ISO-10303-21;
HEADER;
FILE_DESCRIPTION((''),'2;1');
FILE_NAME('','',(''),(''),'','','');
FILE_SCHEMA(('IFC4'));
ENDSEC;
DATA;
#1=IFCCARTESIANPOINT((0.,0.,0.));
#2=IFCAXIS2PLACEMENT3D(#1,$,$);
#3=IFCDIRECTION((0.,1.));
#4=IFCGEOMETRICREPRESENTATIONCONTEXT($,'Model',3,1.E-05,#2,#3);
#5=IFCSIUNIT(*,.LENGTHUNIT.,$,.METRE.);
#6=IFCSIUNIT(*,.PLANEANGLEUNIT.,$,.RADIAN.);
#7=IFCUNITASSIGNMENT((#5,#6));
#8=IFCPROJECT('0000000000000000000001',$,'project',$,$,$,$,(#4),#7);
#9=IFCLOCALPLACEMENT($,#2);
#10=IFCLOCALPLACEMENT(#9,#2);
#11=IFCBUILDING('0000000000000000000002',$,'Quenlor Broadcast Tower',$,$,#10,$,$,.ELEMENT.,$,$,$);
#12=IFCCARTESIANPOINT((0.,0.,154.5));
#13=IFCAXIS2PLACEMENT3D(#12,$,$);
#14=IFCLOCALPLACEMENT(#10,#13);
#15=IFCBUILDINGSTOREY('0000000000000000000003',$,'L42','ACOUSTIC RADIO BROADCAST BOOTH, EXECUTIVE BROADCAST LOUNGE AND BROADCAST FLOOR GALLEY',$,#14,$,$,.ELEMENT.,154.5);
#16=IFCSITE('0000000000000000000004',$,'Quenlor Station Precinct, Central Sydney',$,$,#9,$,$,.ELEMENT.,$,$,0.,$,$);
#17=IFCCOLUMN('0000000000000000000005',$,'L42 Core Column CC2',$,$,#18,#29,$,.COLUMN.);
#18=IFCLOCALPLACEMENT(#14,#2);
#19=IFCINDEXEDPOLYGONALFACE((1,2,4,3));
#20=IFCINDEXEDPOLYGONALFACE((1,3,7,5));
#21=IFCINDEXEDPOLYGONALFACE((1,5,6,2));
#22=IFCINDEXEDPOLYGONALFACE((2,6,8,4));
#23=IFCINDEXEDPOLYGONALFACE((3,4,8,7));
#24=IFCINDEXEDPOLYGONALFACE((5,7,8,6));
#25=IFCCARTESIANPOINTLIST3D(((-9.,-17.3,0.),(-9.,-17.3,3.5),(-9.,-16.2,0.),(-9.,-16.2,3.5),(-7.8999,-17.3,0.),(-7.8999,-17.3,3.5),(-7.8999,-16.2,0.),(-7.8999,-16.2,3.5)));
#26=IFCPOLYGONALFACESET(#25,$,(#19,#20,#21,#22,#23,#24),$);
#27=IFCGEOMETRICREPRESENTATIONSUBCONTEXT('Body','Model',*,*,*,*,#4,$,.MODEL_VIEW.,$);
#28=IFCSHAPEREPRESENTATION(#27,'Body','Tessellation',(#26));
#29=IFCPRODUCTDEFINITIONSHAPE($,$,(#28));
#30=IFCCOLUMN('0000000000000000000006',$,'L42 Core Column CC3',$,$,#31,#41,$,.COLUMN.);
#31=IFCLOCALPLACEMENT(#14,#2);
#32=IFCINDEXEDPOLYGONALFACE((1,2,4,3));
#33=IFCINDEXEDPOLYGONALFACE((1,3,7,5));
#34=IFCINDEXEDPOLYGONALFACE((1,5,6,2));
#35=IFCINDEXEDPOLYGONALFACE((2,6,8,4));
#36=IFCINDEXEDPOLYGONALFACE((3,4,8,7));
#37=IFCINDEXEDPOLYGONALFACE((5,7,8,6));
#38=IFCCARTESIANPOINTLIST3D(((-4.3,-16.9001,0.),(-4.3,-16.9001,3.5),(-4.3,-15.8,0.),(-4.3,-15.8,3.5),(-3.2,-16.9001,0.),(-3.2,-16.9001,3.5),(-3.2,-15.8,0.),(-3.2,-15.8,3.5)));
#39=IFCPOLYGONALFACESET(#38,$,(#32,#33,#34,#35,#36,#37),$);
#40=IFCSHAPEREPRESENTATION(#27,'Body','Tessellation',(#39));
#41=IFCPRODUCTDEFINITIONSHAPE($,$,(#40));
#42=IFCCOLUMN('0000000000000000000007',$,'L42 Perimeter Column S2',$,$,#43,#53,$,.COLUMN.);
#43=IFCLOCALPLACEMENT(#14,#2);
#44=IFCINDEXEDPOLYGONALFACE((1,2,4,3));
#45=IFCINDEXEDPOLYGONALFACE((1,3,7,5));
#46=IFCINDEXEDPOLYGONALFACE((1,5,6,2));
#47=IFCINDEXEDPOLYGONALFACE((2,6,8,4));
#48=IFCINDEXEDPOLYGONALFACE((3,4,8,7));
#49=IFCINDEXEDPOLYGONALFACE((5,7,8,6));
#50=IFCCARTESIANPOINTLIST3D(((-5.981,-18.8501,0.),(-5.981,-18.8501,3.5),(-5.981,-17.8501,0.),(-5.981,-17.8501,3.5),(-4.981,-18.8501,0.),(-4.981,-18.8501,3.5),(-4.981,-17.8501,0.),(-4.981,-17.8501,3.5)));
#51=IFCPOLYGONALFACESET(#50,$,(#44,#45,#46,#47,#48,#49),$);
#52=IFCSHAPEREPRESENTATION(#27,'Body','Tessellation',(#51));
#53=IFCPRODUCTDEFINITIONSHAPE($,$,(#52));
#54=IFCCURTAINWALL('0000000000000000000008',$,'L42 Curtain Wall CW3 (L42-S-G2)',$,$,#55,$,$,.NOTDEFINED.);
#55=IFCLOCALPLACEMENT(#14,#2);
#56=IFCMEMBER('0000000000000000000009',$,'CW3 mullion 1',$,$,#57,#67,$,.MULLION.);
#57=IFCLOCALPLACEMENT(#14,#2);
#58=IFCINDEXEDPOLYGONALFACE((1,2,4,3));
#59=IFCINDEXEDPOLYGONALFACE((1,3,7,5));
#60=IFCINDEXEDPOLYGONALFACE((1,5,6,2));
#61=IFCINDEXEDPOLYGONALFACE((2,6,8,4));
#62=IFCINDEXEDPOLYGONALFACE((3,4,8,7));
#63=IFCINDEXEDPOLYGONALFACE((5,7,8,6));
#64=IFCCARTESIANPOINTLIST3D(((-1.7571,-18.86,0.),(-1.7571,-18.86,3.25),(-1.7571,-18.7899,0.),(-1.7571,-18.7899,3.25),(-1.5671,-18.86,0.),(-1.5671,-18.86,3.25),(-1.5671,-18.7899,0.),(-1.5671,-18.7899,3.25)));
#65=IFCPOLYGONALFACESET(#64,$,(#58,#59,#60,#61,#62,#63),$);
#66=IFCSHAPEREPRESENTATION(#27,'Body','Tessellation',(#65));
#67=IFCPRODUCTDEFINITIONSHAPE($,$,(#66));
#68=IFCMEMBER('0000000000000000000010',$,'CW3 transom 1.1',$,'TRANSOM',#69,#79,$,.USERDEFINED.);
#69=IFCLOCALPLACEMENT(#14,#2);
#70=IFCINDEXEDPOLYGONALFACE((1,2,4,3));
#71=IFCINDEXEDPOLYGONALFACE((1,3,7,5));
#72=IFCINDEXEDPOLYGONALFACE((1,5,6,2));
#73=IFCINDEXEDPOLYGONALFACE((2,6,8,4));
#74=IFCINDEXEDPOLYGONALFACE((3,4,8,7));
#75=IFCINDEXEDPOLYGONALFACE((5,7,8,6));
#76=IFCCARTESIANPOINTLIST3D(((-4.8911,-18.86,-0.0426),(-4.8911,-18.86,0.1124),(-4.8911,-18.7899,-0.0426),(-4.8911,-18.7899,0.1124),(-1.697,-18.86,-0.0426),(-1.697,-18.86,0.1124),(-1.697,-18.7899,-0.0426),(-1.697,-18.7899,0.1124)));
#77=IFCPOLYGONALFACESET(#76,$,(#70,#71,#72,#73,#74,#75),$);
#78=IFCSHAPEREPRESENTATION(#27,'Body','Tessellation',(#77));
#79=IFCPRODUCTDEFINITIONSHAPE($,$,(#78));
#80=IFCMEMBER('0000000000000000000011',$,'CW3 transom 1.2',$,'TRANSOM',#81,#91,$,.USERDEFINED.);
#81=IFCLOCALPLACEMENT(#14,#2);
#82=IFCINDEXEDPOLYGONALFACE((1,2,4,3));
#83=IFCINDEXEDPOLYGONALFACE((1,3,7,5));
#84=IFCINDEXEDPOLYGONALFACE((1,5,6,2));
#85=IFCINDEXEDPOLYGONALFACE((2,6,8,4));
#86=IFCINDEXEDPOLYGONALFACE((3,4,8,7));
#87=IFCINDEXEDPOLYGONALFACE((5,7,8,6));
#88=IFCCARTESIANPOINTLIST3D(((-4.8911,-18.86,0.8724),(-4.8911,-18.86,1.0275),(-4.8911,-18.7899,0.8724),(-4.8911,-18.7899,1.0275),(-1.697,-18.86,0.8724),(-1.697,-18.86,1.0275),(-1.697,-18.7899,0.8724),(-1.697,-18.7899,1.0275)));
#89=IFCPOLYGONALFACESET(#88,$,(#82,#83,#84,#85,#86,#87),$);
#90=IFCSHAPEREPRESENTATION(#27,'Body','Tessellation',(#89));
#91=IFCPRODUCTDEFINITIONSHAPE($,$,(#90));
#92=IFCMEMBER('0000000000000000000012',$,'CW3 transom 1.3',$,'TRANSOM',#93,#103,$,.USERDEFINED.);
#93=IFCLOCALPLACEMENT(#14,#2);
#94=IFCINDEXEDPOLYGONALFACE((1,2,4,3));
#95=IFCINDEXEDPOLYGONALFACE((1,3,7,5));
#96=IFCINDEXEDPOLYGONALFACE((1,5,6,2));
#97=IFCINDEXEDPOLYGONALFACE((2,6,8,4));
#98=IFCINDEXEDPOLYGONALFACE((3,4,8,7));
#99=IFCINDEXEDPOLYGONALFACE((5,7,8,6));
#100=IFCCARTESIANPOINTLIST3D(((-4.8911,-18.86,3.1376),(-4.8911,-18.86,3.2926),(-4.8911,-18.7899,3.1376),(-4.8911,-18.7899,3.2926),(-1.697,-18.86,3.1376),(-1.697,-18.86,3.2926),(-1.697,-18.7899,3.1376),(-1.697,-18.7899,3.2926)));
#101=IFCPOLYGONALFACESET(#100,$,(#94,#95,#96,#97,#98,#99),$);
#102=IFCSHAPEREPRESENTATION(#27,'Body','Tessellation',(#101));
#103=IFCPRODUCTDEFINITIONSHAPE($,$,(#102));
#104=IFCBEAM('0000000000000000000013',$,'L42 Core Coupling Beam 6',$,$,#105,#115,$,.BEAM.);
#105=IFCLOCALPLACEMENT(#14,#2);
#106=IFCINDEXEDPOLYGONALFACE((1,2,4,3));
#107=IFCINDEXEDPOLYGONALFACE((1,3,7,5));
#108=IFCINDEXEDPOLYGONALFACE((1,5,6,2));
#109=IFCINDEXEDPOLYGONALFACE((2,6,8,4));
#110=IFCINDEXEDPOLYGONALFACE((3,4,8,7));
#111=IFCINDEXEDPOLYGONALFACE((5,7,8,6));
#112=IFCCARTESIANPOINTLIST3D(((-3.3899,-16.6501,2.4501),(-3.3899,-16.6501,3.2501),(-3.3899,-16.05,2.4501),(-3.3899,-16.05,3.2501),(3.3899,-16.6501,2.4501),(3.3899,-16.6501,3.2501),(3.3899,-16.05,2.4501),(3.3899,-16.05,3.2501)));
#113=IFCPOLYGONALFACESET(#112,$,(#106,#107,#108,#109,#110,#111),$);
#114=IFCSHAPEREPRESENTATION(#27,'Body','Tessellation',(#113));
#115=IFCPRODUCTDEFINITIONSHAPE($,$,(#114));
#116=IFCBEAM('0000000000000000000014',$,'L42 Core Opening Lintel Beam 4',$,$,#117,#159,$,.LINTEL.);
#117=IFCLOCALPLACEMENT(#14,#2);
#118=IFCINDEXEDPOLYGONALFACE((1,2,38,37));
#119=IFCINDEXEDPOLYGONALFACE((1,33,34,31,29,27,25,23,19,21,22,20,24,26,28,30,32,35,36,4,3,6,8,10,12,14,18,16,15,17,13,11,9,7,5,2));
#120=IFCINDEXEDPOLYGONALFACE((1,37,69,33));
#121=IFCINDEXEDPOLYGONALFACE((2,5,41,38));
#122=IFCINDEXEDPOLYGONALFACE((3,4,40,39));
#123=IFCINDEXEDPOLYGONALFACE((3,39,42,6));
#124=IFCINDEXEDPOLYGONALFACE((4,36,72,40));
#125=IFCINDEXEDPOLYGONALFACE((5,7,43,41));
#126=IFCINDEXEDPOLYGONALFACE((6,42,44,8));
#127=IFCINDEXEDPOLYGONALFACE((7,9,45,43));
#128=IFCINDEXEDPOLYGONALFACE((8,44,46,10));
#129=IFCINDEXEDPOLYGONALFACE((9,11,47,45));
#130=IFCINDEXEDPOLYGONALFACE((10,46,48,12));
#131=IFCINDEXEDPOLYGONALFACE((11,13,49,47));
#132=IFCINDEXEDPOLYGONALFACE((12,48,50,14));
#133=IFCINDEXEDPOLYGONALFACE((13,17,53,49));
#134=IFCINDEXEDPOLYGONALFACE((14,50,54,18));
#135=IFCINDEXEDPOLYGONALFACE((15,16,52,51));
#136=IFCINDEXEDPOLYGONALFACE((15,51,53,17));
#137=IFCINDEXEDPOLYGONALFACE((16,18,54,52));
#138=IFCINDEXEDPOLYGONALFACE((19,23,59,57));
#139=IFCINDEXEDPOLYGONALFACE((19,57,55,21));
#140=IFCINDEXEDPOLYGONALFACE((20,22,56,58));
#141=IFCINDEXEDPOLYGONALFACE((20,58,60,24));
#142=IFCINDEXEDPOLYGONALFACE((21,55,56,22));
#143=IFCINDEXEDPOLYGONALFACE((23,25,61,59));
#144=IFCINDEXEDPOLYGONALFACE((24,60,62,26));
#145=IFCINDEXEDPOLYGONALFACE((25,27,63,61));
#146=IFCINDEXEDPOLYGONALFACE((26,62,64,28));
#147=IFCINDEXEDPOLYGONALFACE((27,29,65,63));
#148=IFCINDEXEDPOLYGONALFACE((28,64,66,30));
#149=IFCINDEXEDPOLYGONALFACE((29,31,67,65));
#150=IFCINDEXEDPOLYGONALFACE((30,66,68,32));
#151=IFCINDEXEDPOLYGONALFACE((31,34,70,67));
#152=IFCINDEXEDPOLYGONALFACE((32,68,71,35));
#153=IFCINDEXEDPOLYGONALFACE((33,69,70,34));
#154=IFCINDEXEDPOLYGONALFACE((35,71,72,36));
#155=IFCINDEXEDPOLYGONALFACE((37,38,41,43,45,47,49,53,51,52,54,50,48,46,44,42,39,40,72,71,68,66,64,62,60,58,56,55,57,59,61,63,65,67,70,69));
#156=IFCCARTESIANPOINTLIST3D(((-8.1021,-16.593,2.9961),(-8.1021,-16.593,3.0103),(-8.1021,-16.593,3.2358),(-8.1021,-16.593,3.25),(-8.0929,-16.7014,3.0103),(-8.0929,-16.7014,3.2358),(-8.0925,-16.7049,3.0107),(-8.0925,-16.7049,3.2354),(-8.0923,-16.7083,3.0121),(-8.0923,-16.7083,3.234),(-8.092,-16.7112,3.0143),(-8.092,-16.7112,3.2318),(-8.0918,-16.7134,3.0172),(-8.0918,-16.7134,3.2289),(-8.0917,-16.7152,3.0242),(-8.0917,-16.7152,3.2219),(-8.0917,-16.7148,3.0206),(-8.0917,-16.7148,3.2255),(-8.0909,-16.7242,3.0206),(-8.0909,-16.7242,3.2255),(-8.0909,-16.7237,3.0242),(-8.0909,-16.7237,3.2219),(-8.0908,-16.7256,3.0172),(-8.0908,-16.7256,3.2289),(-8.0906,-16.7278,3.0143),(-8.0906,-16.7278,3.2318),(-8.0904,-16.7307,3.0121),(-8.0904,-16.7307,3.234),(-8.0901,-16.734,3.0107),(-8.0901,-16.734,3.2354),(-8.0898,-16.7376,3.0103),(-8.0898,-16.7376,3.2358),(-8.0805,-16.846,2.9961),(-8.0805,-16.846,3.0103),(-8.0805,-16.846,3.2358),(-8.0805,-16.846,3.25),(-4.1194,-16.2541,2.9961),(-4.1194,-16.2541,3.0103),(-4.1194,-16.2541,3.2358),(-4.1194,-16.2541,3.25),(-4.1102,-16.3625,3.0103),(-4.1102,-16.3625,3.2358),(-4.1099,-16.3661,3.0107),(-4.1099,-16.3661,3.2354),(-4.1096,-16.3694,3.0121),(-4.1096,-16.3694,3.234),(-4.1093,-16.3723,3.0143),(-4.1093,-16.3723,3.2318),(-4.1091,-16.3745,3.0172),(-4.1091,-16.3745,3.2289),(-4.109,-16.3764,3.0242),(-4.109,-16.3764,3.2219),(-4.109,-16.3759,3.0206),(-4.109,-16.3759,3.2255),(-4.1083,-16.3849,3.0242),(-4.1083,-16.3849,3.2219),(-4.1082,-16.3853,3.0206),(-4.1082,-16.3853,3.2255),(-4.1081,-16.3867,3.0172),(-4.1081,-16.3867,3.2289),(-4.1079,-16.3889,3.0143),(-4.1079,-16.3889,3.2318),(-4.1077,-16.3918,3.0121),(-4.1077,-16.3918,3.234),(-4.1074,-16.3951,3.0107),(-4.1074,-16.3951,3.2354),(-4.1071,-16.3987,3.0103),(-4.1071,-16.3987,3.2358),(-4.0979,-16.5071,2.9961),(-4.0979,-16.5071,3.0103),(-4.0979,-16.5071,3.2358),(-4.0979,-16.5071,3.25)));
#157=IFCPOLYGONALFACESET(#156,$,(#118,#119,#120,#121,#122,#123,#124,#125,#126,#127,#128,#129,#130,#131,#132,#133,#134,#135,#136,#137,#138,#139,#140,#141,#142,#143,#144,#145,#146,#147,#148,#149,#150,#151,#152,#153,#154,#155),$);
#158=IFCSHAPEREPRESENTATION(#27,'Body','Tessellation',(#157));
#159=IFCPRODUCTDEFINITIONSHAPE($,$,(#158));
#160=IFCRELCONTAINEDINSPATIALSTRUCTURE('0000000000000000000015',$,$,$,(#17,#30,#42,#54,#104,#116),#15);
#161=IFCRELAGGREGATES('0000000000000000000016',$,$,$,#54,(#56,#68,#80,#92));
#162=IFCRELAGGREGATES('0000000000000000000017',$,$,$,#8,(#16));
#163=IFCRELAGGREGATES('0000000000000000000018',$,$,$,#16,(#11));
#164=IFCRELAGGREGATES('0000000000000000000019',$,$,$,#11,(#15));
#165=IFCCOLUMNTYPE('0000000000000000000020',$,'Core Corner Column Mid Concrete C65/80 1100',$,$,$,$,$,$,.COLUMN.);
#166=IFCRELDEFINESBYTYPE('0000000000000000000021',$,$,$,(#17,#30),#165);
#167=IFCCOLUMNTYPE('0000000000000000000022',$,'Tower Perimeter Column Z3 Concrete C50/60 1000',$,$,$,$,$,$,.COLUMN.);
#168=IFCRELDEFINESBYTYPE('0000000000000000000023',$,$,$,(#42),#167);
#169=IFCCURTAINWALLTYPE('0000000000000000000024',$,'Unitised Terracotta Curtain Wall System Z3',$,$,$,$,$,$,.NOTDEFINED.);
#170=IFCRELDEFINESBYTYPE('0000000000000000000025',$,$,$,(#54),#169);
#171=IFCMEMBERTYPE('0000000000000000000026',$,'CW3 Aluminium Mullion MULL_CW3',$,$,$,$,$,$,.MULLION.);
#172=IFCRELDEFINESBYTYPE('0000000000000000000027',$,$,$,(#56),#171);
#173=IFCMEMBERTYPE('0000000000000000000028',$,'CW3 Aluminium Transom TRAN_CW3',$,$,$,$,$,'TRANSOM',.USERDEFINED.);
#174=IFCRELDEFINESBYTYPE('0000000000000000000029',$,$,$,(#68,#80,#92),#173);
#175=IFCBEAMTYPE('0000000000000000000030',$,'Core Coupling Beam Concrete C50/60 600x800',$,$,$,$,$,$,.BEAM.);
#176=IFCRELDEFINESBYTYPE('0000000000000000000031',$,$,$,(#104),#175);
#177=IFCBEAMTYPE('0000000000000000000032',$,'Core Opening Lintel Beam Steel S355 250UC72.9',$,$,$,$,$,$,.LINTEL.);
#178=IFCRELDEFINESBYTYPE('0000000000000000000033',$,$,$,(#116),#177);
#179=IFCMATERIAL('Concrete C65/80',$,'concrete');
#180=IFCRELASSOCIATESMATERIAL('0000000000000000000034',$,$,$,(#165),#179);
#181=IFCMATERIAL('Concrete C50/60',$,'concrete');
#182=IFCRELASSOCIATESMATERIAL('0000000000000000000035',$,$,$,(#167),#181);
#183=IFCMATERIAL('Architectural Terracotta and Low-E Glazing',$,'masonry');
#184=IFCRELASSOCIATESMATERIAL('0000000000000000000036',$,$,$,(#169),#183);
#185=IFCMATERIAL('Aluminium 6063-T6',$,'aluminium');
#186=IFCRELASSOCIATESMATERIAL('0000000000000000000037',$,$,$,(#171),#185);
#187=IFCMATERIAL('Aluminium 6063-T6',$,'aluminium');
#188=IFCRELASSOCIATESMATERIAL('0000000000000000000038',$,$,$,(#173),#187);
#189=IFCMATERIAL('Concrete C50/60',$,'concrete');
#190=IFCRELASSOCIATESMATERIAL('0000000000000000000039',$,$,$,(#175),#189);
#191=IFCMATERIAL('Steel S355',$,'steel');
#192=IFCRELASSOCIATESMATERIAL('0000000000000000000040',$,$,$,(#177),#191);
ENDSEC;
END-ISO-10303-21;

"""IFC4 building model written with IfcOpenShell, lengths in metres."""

from ifc_helpers import new_model, si_unit, direction, frame, origin, origin_2d, place, context, subcontext, project, spatial, rectangle, i_section, extrude, material, material_profile, profile_set, type_object, element, aggregate, save


model = new_model("IFC4")

# Units and contexts
model_context = context("Model", 3, precision=1e-05, world=origin(), true_north=direction((0.0, 1.0)))
body_context = subcontext(model_context, "Body", "Model", "MODEL_VIEW")
ifc_project = project(units=[si_unit("LENGTHUNIT", "METRE"), si_unit("PLANEANGLEUNIT", "RADIAN")], contexts=[model_context])

# Site, building, storey
site_placement = place(None, origin())
site = spatial("IfcSite", under=ifc_project, at=site_placement, Name="Quenlor Station Precinct, Central Sydney", CompositionType="ELEMENT", RefElevation=0.0)
building_placement = place(site_placement, origin())
building = spatial("IfcBuilding", under=site, at=building_placement, Name="Quenlor Broadcast Tower", CompositionType="ELEMENT")
storey_placement = place(building_placement, frame((0.0, 0.0, 154.5)))
storey = spatial("IfcBuildingStorey", under=building, at=storey_placement, Name="L42", Description="ACOUSTIC RADIO BROADCAST BOOTH, EXECUTIVE BROADCAST LOUNGE AND BROADCAST FLOOR GALLEY", CompositionType="ELEMENT", Elevation=154.5)

# Columns
ifc_material_1 = material(Name="Concrete C65/80", Category="concrete")
ifc_material_profile_1 = material_profile(ifc_material_1, rectangle(XDim=1.1001, YDim=1.1001, at=origin_2d()))
ifc_profile_set_1 = profile_set([ifc_material_profile_1], Name="Concrete C65/80 RC1100x1100")
column_type_1 = type_object("IfcColumnType", Name="Core Corner Column Mid Concrete C65/80 1100", PredefinedType="COLUMN", material=ifc_profile_set_1)
for number, where, z_axis, x_axis, name in (
    (1, (-8.45, -16.75, 0.0), (0.0, 0.0, 1.0), (1.0, 0.0, 0.0), "L42 Core Column CC2"),
    (2, (-3.75, -16.3501, 0.0), (0.0, 0.0, 1.0), (1.0, 0.0, 0.0), "L42 Core Column CC3"),
):
    element("IfcColumn", number, at=place(storey_placement, frame(where, z_axis=z_axis, x_axis=x_axis)), inside=storey, type_object=column_type_1, Name=name, PredefinedType="COLUMN", context=body_context, shape_type="SweptSolid", body=[
        extrude(rectangle(XDim=1.1001, YDim=1.1001, at=origin_2d()), origin(), (0.0, 0.0, 1.0), 3.5),
    ])
ifc_material_2 = material(Name="Concrete C50/60", Category="concrete")
ifc_material_profile_2 = material_profile(ifc_material_2, rectangle(XDim=1.0, YDim=1.0, at=origin_2d()))
ifc_profile_set_2 = profile_set([ifc_material_profile_2], Name="Concrete C50/60 RC1000x1000")
column_type_2 = type_object("IfcColumnType", Name="Tower Perimeter Column Z3 Concrete C50/60 1000", PredefinedType="COLUMN", material=ifc_profile_set_2)
column_placement = place(storey_placement, frame((-5.481, -18.3501, 0.0), z_axis=(0.0, 0.0, 1.0), x_axis=(0.0, 1.0, 0.0)))
element("IfcColumn", 3, at=column_placement, inside=storey, type_object=column_type_2, Name="L42 Perimeter Column S2", PredefinedType="COLUMN", context=body_context, shape_type="SweptSolid", body=[
    extrude(rectangle(XDim=1.0, YDim=1.0, at=origin_2d()), origin(), (0.0, 0.0, 1.0), 3.5),
])

# Curtain wall, members
ifc_material_3 = material(Name="Architectural Terracotta and Low-E Glazing", Category="masonry")
curtain_wall_type = type_object("IfcCurtainWallType", Name="Unitised Terracotta Curtain Wall System Z3", PredefinedType="NOTDEFINED", material=ifc_material_3)
curtain_wall_placement = place(storey_placement, origin())
curtain_wall = element("IfcCurtainWall", 4, at=curtain_wall_placement, inside=storey, type_object=curtain_wall_type, Name="L42 Curtain Wall CW3 (L42-S-G2)", PredefinedType="NOTDEFINED")
ifc_material_4 = material(Name="Aluminium 6063-T6", Category="aluminium")
ifc_material_profile_3 = material_profile(ifc_material_4, rectangle(XDim=0.0701, YDim=0.1899, at=origin_2d()))
ifc_profile_set_3 = profile_set([ifc_material_profile_3], Name="Aluminium 6063-T6 MULL70x190")
member_type_1 = type_object("IfcMemberType", Name="CW3 Aluminium Mullion MULL_CW3", PredefinedType="MULLION", material=ifc_profile_set_3)
member_1_placement = place(storey_placement, frame((-1.6621, -18.825, 0.0), z_axis=(0.0, 0.0, 1.0), x_axis=(0.0, -1.0, 0.0)))
member_1 = element("IfcMember", 5, at=member_1_placement, type_object=member_type_1, Name="CW3 mullion 1", PredefinedType="MULLION", context=body_context, shape_type="SweptSolid", body=[
    extrude(rectangle(XDim=0.0701, YDim=0.1899, at=origin_2d()), origin(), (0.0, 0.0, 1.0), 3.25),
])
ifc_material_5 = material(Name="Aluminium 6063-T6", Category="aluminium")
ifc_material_profile_4 = material_profile(ifc_material_5, rectangle(XDim=0.0701, YDim=0.155, at=origin_2d()))
ifc_profile_set_4 = profile_set([ifc_material_profile_4], Name="Aluminium 6063-T6 TRAN70x155")
member_type_2 = type_object("IfcMemberType", Name="CW3 Aluminium Transom TRAN_CW3", ElementType="TRANSOM", PredefinedType="USERDEFINED", material=ifc_profile_set_4)
member_2_placement = place(storey_placement, frame((-1.697, -18.825, 0.0349), z_axis=(-1.0, 0.0, 0.0), x_axis=(0.0, -1.0, 0.0)))
member_2 = element("IfcMember", 6, at=member_2_placement, type_object=member_type_2, Name="CW3 transom 1.1", ObjectType="TRANSOM", PredefinedType="USERDEFINED", context=body_context, shape_type="SweptSolid", body=[
    extrude(rectangle(XDim=0.0701, YDim=0.155, at=origin_2d()), origin(), (0.0, 0.0, 1.0), 3.1941),
])
member_3_placement = place(storey_placement, frame((-1.697, -18.825, 0.95), z_axis=(-1.0, 0.0, 0.0), x_axis=(0.0, -1.0, 0.0)))
member_3 = element("IfcMember", 7, at=member_3_placement, type_object=member_type_2, Name="CW3 transom 1.2", ObjectType="TRANSOM", PredefinedType="USERDEFINED", context=body_context, shape_type="SweptSolid", body=[
    extrude(rectangle(XDim=0.0701, YDim=0.155, at=origin_2d()), origin(), (0.0, 0.0, 1.0), 3.1941),
])
member_4_placement = place(storey_placement, frame((-1.697, -18.825, 3.2151), z_axis=(-1.0, 0.0, 0.0), x_axis=(0.0, -1.0, 0.0)))
member_4 = element("IfcMember", 8, at=member_4_placement, type_object=member_type_2, Name="CW3 transom 1.3", ObjectType="TRANSOM", PredefinedType="USERDEFINED", context=body_context, shape_type="SweptSolid", body=[
    extrude(rectangle(XDim=0.0701, YDim=0.155, at=origin_2d()), origin(), (0.0, 0.0, 1.0), 3.1941),
])

# Beams
ifc_material_6 = material(Name="Concrete C50/60", Category="concrete")
ifc_material_profile_5 = material_profile(ifc_material_6, rectangle(XDim=0.6001, YDim=0.8, at=origin_2d()))
ifc_profile_set_5 = profile_set([ifc_material_profile_5], Name="Concrete C50/60 RCB600x800")
beam_type_1 = type_object("IfcBeamType", Name="Core Coupling Beam Concrete C50/60 600x800", PredefinedType="BEAM", material=ifc_profile_set_5)
beam_1_placement = place(storey_placement, frame((-3.3899, -16.3501, 2.8501), z_axis=(1.0, 0.0, 0.0), x_axis=(0.0, 1.0, 0.0)))
element("IfcBeam", 9, at=beam_1_placement, inside=storey, type_object=beam_type_1, Name="L42 Core Coupling Beam 6", PredefinedType="BEAM", context=body_context, shape_type="SweptSolid", body=[
    extrude(rectangle(XDim=0.6001, YDim=0.8, at=origin_2d()), origin(), (0.0, 0.0, 1.0), 6.7798),
])
ifc_material_7 = material(Name="Steel S355", Category="steel")
ifc_material_profile_6 = material_profile(ifc_material_7, i_section(OverallWidth=0.2539, OverallDepth=0.2539, WebThickness=0.0085, FlangeThickness=0.0142, FilletRadius=0.0139, at=origin_2d()))
ifc_profile_set_6 = profile_set([ifc_material_profile_6], Name="Steel S355 250UC72.9")
beam_type_2 = type_object("IfcBeamType", Name="Core Opening Lintel Beam Steel S355 250UC72.9", PredefinedType="LINTEL", material=ifc_profile_set_6)
beam_2_placement = place(storey_placement, frame((-8.0913, -16.7195, 3.123), z_axis=(0.9964, 0.084779, 0.0), x_axis=(-0.084779, 0.9964, 0.0)))
element("IfcBeam", 10, at=beam_2_placement, inside=storey, type_object=beam_type_2, Name="L42 Core Opening Lintel Beam 4", PredefinedType="LINTEL", context=body_context, shape_type="SweptSolid", body=[
    extrude(i_section(OverallWidth=0.2539, OverallDepth=0.2539, WebThickness=0.0085, FlangeThickness=0.0142, FilletRadius=0.0139, at=origin_2d()), origin(), (0.0, 0.0, 1.0), 3.9971),
])

aggregate(curtain_wall, [member_1, member_2, member_3, member_4])

save(model, "model.ifc")
